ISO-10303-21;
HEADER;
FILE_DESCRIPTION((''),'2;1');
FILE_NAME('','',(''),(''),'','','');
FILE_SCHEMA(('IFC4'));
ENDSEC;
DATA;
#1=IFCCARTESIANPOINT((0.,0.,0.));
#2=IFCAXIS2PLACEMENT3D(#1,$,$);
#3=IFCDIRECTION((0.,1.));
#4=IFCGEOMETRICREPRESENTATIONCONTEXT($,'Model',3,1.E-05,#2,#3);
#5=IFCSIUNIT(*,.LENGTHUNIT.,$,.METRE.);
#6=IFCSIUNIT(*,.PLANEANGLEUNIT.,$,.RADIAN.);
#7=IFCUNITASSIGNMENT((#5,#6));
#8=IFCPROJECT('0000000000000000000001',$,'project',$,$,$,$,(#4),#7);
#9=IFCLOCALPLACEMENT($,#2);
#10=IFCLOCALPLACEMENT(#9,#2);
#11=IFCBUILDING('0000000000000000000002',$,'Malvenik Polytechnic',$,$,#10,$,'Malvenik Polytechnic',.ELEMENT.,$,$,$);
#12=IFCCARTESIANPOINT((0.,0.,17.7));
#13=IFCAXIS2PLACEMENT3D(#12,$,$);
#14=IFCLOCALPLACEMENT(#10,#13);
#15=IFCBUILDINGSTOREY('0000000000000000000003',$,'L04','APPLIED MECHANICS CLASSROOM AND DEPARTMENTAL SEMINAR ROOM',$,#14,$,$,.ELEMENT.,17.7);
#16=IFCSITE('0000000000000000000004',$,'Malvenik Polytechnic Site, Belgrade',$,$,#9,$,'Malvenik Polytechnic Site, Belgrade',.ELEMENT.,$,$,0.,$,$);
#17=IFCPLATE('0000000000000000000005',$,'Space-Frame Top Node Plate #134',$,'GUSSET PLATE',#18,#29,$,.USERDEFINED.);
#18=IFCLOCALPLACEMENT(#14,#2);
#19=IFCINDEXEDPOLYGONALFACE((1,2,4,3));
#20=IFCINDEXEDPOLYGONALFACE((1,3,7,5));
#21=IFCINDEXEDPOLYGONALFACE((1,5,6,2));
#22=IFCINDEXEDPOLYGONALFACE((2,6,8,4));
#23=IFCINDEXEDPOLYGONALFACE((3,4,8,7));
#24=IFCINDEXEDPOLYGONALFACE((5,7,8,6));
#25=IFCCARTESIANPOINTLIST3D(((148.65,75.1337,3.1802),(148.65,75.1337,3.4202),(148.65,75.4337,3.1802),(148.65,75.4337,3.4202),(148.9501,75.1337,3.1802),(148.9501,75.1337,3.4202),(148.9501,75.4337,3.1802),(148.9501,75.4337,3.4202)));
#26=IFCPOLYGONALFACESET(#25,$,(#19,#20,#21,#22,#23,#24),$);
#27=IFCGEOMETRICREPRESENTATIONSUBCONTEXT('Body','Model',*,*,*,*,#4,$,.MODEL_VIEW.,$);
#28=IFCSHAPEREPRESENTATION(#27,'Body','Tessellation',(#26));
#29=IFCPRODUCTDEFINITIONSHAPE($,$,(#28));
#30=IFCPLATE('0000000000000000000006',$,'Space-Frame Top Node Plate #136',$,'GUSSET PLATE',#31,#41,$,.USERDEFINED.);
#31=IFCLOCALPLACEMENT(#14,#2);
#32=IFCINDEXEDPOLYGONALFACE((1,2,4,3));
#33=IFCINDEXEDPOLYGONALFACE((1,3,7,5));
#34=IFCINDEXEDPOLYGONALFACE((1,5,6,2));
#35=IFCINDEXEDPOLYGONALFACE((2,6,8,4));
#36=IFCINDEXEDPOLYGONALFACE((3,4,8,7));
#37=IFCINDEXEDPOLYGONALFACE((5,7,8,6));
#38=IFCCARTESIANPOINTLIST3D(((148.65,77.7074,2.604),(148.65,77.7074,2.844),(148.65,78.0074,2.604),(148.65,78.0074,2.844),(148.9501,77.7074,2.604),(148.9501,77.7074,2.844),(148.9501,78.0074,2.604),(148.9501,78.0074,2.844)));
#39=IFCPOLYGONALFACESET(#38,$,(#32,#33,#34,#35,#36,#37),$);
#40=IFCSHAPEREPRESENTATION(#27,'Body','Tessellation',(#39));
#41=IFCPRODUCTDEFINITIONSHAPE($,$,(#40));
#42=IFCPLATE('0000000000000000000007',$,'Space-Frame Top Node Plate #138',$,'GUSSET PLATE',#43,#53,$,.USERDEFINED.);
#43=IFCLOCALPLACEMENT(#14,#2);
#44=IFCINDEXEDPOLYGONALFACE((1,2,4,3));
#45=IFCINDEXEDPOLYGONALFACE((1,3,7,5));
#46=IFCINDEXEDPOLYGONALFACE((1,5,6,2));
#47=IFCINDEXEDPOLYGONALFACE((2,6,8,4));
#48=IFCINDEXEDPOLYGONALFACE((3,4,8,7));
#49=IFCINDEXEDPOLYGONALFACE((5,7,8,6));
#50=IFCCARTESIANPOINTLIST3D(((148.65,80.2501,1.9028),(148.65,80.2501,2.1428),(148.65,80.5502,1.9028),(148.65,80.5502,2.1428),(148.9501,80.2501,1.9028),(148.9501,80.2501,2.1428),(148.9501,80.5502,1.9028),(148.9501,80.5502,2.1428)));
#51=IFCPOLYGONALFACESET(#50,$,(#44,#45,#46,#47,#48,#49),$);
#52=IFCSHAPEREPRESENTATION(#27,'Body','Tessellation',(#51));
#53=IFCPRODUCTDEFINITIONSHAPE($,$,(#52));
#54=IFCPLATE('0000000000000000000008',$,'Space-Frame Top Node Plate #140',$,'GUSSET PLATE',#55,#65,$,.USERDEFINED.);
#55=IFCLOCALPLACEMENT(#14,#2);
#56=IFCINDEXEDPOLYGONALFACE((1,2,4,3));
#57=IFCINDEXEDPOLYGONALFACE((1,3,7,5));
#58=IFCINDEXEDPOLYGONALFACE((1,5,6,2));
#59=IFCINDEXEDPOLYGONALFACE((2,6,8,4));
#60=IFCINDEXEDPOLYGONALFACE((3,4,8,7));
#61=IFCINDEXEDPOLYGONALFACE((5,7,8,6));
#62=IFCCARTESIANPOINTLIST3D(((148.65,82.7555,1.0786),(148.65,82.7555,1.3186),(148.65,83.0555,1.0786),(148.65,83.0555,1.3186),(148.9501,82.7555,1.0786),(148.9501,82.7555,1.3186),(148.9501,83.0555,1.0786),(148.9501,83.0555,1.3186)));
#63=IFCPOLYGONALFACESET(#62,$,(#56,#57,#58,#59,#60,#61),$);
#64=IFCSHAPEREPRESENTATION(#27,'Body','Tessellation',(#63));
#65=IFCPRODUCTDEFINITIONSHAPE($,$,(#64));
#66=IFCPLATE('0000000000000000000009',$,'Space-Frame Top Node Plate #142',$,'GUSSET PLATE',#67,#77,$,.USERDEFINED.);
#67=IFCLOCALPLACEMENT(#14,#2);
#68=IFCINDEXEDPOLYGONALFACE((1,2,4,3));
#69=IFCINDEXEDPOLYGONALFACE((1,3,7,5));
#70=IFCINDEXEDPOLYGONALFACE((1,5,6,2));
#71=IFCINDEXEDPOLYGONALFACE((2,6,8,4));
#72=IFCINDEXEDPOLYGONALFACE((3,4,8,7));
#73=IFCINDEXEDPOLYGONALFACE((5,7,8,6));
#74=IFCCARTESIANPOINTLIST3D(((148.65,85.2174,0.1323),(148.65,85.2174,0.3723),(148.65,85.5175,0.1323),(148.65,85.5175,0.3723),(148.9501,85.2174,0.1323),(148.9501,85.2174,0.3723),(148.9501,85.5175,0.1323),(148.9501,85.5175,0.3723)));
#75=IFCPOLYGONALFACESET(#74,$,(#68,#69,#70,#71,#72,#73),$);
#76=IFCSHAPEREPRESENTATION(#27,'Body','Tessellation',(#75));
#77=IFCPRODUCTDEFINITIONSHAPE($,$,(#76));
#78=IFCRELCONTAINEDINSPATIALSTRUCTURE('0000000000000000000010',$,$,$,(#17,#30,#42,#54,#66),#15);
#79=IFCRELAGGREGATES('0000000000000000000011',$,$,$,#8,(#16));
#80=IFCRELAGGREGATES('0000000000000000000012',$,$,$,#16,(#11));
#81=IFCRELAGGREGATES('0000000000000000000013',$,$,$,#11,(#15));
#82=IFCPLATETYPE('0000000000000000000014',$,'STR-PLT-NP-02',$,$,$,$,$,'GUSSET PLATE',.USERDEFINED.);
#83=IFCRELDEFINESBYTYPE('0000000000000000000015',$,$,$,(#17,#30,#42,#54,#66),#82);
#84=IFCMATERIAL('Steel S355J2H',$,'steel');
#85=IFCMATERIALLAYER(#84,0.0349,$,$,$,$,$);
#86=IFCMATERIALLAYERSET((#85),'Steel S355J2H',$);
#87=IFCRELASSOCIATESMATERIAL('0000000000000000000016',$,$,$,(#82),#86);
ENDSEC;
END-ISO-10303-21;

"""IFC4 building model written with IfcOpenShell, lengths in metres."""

from ifc_helpers import new_model, si_unit, direction, frame, origin, origin_2d, place, context, subcontext, project, spatial, rectangle, extrude, material, layer, layer_set, type_object, element, save


model = new_model("IFC4")

# Units and contexts
model_context = context("Model", 3, precision=1e-05, world=origin(), true_north=direction((0.0, 1.0)))
body_context = subcontext(model_context, "Body", "Model", "MODEL_VIEW")
ifc_project = project(units=[si_unit("LENGTHUNIT", "METRE"), si_unit("PLANEANGLEUNIT", "RADIAN")], contexts=[model_context])

# Site, building, storey
site_placement = place(None, origin())
site = spatial("IfcSite", under=ifc_project, at=site_placement, Name="Malvenik Polytechnic Site, Belgrade", LongName="Malvenik Polytechnic Site, Belgrade", CompositionType="ELEMENT", RefElevation=0.0)
building_placement = place(site_placement, origin())
building = spatial("IfcBuilding", under=site, at=building_placement, Name="Malvenik Polytechnic", LongName="Malvenik Polytechnic", CompositionType="ELEMENT")
storey_placement = place(building_placement, frame((0.0, 0.0, 17.7)))
storey = spatial("IfcBuildingStorey", under=building, at=storey_placement, Name="L04", Description="APPLIED MECHANICS CLASSROOM AND DEPARTMENTAL SEMINAR ROOM", CompositionType="ELEMENT", Elevation=17.7)

# Shared definitions
ifc_material = material(Name="Steel S355J2H", Category="steel")

# Plates
ifc_layer_1 = layer(ifc_material, 0.0349)
ifc_layer_set_1 = layer_set([ifc_layer_1], Name="Steel S355J2H")
plate_type_1 = type_object("IfcPlateType", Name="STR-PLT-NP-02", ElementType="GUSSET PLATE", PredefinedType="USERDEFINED", material=ifc_layer_set_1)
for number, where, z_axis, x_axis, name in (
    (1, (148.8, 75.2837, 3.1802), (0.0, 0.0, 1.0), (1.0, 0.0, 0.0), "Space-Frame Top Node Plate #134"),
    (2, (148.8, 77.8574, 2.604), (0.0, 0.0, 1.0), (1.0, 0.0, 0.0), "Space-Frame Top Node Plate #136"),
    (3, (148.8, 80.4001, 1.9028), (0.0, 0.0, 1.0), (1.0, 0.0, 0.0), "Space-Frame Top Node Plate #138"),
    (4, (148.8, 82.9055, 1.0786), (0.0, 0.0, 1.0), (1.0, 0.0, 0.0), "Space-Frame Top Node Plate #140"),
    (5, (148.8, 85.3674, 0.1323), (0.0, 0.0, 1.0), (1.0, 0.0, 0.0), "Space-Frame Top Node Plate #142"),
):
    element("IfcPlate", number, at=place(storey_placement, frame(where, z_axis=z_axis, x_axis=x_axis)), inside=storey, type_object=plate_type_1, Name=name, ObjectType="GUSSET PLATE", PredefinedType="USERDEFINED", context=body_context, shape_type="SweptSolid", body=[
        extrude(rectangle(XDim=0.3, YDim=0.3, at=origin_2d()), origin(), (0.0, 0.0, 1.0), 0.24),
    ])

save(model, "model.ifc")
